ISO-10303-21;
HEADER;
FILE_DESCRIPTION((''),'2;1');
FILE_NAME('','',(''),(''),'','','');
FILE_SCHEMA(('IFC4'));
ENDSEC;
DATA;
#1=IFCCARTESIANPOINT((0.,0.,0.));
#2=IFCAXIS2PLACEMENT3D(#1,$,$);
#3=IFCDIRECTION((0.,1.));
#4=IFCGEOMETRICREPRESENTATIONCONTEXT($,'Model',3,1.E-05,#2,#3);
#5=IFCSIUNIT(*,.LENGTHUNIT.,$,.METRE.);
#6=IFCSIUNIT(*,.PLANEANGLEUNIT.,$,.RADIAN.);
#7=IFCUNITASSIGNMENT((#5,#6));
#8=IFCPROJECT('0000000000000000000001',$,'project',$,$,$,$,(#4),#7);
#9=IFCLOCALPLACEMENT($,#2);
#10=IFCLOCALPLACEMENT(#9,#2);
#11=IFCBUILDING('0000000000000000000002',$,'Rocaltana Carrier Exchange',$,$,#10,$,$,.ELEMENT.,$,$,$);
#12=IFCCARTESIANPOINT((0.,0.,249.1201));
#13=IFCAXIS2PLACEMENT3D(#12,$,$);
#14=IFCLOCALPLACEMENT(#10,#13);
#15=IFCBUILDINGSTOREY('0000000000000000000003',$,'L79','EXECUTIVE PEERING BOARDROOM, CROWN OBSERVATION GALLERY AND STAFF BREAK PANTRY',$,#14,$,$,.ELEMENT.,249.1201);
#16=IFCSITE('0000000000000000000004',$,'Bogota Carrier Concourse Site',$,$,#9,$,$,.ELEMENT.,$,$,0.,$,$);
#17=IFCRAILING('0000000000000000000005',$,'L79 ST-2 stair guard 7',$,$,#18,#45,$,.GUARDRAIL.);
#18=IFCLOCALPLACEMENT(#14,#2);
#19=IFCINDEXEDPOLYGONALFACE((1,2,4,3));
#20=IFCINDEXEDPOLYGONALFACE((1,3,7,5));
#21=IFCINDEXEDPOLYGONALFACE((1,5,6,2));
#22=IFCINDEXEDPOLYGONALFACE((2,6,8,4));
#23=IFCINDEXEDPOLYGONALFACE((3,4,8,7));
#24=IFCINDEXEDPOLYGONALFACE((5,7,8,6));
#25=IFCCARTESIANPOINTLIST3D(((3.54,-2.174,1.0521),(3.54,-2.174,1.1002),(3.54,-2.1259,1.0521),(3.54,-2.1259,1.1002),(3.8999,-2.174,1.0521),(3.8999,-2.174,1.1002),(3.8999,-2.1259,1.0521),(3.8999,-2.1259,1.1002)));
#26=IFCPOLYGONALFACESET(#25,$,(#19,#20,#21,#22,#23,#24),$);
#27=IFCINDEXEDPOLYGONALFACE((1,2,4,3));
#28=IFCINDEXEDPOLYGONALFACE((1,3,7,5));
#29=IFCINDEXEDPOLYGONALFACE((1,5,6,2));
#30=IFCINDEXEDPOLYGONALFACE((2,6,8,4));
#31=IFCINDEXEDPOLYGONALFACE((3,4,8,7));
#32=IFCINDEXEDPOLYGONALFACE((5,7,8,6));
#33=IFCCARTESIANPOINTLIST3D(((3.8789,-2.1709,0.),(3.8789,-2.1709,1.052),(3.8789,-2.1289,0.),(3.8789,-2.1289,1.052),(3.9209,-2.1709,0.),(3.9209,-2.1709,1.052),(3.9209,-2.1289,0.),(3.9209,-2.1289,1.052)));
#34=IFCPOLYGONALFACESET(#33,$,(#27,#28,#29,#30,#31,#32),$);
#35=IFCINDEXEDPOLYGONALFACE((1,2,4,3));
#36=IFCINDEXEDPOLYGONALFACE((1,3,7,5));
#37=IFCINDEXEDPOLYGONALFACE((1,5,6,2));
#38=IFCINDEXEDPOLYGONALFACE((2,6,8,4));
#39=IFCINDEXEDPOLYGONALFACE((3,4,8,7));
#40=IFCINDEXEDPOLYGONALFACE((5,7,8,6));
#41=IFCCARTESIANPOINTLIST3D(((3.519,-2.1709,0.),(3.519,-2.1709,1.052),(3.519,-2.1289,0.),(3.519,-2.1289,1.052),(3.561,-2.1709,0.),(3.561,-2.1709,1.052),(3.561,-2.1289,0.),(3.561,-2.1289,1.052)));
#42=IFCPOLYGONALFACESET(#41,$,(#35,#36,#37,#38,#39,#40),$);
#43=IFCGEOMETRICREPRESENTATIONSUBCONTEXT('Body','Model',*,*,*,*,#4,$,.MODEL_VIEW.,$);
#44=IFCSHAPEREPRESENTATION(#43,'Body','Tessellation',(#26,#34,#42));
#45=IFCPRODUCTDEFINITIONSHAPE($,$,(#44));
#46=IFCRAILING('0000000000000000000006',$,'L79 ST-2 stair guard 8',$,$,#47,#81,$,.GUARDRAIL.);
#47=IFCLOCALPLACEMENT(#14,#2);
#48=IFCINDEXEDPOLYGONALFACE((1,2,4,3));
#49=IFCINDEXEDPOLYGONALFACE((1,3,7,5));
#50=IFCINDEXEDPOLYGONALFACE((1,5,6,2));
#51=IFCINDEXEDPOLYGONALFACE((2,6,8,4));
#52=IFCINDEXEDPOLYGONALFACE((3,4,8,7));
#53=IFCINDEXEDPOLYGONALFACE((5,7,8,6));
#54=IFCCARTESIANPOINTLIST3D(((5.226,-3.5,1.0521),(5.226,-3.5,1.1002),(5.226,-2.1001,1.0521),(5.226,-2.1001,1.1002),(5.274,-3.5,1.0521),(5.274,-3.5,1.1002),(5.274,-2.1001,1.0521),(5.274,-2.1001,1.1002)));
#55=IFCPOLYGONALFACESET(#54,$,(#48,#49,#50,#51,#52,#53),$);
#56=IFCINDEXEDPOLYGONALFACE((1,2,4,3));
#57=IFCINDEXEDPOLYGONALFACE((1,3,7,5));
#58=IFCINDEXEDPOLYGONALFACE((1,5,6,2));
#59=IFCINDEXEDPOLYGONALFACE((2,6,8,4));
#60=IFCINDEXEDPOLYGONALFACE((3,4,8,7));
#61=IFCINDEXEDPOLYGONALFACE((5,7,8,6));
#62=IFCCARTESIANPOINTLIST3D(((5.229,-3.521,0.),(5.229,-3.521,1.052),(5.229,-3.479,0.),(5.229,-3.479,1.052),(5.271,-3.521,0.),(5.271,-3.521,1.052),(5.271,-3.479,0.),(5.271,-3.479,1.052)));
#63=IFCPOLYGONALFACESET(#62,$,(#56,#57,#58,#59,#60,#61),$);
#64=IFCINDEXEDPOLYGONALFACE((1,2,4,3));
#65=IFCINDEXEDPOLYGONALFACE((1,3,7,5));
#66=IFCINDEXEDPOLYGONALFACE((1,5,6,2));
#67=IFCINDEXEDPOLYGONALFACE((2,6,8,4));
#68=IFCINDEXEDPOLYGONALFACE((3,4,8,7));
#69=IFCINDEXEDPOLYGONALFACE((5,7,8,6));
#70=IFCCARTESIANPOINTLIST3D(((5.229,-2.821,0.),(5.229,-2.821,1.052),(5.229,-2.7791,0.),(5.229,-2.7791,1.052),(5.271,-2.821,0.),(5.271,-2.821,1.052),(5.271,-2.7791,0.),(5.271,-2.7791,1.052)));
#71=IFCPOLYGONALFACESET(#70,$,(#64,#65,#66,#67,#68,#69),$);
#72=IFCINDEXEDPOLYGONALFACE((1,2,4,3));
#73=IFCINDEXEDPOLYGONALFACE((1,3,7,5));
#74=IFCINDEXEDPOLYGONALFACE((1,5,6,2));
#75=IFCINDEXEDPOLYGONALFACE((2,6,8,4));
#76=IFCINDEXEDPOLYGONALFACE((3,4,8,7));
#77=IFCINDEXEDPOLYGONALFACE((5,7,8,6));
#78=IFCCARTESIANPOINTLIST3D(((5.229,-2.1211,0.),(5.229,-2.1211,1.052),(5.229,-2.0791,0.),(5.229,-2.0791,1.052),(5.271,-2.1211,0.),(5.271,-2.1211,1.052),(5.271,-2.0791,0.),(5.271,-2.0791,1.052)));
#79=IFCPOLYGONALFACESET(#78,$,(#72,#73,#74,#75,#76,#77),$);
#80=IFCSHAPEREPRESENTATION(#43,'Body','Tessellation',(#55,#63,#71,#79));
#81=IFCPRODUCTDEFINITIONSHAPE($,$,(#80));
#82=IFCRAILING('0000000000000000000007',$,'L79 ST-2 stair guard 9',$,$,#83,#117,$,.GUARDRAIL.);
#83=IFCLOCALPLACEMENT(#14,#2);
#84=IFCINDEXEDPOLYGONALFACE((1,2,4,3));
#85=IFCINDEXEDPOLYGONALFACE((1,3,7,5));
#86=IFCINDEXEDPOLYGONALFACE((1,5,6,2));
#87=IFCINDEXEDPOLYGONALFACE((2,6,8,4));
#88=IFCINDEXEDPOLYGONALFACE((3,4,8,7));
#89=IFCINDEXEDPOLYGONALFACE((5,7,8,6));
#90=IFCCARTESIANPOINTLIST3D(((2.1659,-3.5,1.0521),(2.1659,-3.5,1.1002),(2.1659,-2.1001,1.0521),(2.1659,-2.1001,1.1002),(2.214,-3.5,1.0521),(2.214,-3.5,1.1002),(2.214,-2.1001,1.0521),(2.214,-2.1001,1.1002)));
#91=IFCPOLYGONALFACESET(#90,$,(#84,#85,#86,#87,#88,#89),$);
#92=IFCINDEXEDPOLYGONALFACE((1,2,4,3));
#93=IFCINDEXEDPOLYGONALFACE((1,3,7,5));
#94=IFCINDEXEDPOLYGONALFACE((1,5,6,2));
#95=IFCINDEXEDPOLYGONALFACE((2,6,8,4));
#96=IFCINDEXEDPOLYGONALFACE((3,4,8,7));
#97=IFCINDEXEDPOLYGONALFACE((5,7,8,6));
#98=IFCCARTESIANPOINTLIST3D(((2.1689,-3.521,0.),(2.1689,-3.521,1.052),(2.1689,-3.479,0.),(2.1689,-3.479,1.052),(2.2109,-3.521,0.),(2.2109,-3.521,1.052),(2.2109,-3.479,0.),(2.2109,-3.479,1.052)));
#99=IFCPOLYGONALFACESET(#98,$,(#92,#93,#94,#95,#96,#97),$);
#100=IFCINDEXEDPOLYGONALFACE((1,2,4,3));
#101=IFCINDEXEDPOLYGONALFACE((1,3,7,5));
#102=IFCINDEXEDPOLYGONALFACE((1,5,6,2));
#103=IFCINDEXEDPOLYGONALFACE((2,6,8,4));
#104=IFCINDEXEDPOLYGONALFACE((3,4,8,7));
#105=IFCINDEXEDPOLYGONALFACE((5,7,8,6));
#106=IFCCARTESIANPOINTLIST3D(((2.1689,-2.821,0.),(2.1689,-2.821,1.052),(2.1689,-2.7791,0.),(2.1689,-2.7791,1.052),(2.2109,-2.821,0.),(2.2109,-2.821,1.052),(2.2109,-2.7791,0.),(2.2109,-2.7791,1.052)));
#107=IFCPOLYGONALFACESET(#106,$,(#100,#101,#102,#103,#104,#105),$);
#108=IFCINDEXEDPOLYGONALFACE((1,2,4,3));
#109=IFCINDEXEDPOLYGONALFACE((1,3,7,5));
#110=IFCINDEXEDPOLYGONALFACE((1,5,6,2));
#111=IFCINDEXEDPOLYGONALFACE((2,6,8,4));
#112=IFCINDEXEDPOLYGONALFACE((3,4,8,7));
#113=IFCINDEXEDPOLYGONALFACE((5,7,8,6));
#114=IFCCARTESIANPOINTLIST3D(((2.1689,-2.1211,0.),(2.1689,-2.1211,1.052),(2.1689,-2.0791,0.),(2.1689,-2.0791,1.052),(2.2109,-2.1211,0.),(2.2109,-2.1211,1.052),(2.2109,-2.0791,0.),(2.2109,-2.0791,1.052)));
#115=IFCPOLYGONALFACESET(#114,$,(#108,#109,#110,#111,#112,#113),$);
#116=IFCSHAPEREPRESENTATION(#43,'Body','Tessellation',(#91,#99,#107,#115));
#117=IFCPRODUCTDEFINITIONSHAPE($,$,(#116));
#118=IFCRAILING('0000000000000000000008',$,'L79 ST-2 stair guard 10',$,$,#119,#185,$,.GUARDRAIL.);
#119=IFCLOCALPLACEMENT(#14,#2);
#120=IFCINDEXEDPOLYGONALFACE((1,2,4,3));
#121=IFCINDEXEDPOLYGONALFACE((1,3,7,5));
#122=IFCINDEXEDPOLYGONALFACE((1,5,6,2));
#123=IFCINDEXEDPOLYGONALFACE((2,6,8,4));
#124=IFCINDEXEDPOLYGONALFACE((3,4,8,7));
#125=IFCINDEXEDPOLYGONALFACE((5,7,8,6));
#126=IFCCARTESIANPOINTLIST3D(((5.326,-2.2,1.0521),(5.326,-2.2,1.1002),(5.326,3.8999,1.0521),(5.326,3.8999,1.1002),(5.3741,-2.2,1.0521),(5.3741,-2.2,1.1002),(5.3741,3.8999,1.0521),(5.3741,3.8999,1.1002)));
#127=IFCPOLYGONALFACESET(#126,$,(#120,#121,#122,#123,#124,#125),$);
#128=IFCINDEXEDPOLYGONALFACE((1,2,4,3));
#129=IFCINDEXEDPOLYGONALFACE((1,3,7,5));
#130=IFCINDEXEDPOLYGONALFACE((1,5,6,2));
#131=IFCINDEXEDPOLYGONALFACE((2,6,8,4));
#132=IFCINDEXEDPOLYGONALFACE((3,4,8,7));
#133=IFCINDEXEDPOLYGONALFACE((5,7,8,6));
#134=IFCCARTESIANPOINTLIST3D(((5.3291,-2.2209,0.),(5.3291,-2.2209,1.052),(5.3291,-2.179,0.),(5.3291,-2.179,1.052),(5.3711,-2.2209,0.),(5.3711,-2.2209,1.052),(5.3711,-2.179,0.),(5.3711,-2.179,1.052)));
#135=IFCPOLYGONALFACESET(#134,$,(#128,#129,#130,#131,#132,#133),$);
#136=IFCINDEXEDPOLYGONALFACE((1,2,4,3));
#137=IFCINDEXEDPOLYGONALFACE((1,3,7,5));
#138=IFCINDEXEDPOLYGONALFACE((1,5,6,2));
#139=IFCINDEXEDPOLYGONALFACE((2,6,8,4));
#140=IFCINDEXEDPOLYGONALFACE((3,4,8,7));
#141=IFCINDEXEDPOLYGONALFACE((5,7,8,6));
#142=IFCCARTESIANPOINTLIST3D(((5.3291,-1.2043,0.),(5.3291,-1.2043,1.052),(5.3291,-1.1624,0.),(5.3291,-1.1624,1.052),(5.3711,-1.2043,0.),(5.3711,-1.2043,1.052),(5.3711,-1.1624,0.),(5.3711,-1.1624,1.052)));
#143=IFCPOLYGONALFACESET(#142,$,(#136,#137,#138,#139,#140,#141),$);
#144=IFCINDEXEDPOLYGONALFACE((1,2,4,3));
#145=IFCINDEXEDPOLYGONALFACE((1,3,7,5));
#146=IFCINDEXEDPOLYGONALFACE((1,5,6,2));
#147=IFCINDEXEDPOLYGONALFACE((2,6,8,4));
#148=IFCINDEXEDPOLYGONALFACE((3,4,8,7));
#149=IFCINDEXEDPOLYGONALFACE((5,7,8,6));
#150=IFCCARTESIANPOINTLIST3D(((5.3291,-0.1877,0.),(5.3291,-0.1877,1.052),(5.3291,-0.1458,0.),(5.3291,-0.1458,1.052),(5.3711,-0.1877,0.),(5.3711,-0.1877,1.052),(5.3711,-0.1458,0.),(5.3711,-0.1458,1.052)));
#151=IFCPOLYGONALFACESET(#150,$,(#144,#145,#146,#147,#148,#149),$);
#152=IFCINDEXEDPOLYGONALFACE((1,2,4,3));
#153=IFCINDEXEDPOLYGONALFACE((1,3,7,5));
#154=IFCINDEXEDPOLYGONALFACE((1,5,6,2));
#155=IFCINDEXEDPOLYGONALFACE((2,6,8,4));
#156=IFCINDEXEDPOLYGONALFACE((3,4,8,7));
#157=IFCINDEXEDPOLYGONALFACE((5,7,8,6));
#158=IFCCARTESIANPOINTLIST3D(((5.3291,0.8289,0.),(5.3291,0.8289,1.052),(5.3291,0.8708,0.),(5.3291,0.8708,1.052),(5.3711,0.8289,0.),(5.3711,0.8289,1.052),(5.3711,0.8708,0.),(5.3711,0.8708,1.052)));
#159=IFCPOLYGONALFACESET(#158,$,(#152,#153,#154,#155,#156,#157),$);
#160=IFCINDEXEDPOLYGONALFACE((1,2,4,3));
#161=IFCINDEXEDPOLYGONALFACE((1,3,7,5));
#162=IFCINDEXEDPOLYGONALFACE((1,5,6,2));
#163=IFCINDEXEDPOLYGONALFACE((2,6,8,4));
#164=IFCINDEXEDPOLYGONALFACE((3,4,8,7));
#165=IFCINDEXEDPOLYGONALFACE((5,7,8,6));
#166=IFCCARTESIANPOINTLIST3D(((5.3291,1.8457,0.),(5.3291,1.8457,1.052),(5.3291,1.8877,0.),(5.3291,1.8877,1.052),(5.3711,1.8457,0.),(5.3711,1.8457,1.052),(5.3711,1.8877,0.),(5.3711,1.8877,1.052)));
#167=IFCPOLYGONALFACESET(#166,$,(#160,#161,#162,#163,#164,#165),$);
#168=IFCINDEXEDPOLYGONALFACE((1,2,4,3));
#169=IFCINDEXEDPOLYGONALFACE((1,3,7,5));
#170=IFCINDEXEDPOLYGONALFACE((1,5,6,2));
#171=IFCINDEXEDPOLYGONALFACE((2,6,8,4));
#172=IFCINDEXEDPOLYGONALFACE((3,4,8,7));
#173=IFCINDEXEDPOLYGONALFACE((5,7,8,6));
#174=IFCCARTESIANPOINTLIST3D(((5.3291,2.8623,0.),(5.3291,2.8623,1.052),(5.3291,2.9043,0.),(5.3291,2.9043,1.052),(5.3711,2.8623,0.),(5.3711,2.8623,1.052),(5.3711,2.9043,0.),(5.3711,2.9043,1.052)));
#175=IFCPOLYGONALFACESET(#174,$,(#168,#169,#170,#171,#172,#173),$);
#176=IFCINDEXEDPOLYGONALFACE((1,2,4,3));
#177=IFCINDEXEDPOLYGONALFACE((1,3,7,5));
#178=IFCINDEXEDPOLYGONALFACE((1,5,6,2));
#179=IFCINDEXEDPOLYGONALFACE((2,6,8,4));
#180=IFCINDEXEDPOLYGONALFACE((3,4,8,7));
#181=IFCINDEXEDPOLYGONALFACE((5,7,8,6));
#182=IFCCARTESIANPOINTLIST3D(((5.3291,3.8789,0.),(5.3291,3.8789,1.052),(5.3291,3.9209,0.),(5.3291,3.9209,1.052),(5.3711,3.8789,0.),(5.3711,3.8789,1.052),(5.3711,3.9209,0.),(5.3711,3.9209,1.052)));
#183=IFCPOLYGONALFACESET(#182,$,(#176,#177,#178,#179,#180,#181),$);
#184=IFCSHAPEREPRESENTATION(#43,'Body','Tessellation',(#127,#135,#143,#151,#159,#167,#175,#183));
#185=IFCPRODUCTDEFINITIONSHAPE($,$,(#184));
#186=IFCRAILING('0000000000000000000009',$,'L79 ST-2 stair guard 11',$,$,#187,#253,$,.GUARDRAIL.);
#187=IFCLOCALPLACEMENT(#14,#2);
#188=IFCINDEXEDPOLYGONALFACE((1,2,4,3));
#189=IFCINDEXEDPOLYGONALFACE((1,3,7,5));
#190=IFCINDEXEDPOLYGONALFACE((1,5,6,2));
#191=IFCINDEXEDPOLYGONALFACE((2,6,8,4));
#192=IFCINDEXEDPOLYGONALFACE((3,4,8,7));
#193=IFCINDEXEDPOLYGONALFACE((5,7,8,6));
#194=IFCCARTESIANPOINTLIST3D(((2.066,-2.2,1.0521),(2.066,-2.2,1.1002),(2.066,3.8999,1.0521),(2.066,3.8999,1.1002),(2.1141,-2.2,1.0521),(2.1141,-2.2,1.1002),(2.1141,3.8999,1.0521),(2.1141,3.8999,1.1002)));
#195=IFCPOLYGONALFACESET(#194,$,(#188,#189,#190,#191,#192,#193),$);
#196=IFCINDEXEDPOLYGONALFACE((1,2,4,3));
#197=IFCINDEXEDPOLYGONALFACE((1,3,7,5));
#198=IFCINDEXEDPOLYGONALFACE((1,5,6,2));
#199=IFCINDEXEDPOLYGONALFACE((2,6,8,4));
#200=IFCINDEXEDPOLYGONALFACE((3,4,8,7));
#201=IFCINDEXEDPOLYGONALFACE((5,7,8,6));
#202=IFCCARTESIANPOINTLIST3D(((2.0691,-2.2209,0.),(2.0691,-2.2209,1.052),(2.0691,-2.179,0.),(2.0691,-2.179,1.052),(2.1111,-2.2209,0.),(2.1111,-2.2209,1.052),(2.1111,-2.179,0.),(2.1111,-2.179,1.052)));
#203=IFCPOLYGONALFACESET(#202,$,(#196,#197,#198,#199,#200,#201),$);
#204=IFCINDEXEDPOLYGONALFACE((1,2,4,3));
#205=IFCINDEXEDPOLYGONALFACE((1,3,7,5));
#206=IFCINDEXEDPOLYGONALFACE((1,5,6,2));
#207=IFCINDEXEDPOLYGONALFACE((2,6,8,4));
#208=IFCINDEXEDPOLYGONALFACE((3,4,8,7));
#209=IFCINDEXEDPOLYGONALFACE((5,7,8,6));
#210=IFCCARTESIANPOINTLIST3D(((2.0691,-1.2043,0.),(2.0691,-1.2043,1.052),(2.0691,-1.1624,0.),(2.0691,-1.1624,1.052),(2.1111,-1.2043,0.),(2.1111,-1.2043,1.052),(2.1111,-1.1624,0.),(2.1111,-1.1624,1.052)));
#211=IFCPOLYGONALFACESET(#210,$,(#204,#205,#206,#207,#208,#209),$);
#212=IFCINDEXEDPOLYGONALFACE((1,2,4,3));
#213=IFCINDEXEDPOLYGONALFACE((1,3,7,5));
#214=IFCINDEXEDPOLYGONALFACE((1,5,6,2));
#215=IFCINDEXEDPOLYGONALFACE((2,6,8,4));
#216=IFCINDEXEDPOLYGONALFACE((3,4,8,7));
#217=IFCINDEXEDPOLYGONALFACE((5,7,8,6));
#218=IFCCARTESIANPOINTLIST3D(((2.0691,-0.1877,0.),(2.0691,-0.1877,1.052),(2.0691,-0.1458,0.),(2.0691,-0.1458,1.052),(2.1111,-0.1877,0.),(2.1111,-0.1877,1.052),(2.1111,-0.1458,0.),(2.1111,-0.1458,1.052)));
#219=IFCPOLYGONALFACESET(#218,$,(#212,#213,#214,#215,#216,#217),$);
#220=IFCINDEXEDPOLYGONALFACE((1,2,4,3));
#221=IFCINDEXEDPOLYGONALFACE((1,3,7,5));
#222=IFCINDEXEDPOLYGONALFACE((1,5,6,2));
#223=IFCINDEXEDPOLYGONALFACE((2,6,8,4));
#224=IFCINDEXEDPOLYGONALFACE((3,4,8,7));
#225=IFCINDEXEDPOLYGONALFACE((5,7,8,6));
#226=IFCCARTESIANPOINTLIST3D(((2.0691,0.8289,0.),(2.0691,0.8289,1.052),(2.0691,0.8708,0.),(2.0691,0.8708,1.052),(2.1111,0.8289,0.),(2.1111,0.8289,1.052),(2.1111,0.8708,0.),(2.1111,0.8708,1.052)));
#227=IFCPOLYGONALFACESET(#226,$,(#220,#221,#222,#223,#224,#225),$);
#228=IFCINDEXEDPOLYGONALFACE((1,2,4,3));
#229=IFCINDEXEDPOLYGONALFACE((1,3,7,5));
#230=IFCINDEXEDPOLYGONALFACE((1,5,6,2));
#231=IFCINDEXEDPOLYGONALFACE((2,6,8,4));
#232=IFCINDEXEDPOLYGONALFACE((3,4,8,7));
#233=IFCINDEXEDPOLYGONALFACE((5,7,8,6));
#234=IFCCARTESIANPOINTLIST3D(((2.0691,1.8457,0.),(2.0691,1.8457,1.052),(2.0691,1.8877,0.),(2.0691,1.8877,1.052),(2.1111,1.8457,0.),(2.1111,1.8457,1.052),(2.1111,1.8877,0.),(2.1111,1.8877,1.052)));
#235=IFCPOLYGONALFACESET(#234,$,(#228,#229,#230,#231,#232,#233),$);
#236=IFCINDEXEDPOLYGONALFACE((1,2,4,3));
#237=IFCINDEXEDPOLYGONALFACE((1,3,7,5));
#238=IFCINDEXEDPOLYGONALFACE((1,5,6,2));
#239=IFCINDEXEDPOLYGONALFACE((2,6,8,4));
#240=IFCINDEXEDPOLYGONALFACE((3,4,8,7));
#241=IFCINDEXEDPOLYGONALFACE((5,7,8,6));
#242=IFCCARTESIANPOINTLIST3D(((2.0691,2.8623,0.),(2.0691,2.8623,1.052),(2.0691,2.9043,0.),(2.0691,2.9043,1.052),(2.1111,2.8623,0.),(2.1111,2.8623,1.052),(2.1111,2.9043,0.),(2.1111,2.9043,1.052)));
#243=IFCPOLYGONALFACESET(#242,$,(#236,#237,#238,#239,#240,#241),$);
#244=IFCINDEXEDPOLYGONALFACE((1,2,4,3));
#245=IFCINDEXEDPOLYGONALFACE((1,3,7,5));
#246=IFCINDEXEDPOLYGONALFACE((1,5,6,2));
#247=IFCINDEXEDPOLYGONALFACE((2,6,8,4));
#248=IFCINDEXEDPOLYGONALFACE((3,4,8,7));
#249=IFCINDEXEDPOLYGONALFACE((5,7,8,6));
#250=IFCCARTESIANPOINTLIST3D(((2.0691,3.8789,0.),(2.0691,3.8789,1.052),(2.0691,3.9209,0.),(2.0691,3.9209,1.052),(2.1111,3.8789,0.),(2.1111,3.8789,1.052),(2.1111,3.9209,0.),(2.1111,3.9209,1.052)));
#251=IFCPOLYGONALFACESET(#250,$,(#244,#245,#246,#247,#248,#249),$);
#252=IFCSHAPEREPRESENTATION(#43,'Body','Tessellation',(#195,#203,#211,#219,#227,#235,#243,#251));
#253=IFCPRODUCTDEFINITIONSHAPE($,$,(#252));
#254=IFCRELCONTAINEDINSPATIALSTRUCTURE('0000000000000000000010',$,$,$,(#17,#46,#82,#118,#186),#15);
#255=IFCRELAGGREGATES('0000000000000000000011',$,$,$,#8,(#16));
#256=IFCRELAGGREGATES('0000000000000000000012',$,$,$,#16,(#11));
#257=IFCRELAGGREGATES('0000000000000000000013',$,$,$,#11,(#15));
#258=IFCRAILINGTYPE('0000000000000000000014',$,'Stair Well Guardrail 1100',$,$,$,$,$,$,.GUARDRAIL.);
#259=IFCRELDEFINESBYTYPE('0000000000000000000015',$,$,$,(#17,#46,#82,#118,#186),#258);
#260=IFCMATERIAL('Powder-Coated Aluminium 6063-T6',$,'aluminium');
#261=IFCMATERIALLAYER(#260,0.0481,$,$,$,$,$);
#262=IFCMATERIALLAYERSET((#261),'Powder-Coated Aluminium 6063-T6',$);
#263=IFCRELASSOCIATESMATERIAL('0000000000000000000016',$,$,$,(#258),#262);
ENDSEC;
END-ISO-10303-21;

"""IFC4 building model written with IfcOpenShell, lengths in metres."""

from ifc_helpers import new_model, si_unit, direction, frame, origin, origin_2d, place, context, subcontext, project, spatial, rectangle, extrude, material, layer, layer_set, type_object, element, save


model = new_model("IFC4")

# Units and contexts
model_context = context("Model", 3, precision=1e-05, world=origin(), true_north=direction((0.0, 1.0)))
body_context = subcontext(model_context, "Body", "Model", "MODEL_VIEW")
ifc_project = project(units=[si_unit("LENGTHUNIT", "METRE"), si_unit("PLANEANGLEUNIT", "RADIAN")], contexts=[model_context])

# Site, building, storey
site_placement = place(None, origin())
site = spatial("IfcSite", under=ifc_project, at=site_placement, Name="Bogota Carrier Concourse Site", CompositionType="ELEMENT", RefElevation=0.0)
building_placement = place(site_placement, origin())
building = spatial("IfcBuilding", under=site, at=building_placement, Name="Rocaltana Carrier Exchange", CompositionType="ELEMENT")
storey_placement = place(building_placement, frame((0.0, 0.0, 249.1201)))
storey = spatial("IfcBuildingStorey", under=building, at=storey_placement, Name="L79", Description="EXECUTIVE PEERING BOARDROOM, CROWN OBSERVATION GALLERY AND STAFF BREAK PANTRY", CompositionType="ELEMENT", Elevation=249.1201)

# Railings
ifc_material_1 = material(Name="Powder-Coated Aluminium 6063-T6", Category="aluminium")
ifc_layer_1 = layer(ifc_material_1, 0.0481)
ifc_layer_set_1 = layer_set([ifc_layer_1], Name="Powder-Coated Aluminium 6063-T6")
railing_type_1 = type_object("IfcRailingType", Name="Stair Well Guardrail 1100", PredefinedType="GUARDRAIL", material=ifc_layer_set_1)
railing_1_placement = place(storey_placement, frame((3.8999, -2.1499, 0.0)))
element("IfcRailing", 1, at=railing_1_placement, inside=storey, type_object=railing_type_1, Name="L79 ST-2 stair guard 7", PredefinedType="GUARDRAIL", context=body_context, shape_type="SweptSolid", body=[
    extrude(rectangle(XDim=0.0481, YDim=0.0481, at=origin_2d()), frame((0.0, 0.0, 1.0762), z_axis=(-1.0, 0.0, 0.0), x_axis=(0.0, -1.0, 0.0)), (0.0, 0.0, 1.0), 0.3599),
    extrude(rectangle(XDim=0.042, YDim=0.042, at=origin_2d()), origin(), (0.0, 0.0, 1.0), 1.052),
    extrude(rectangle(XDim=0.042, YDim=0.042, at=origin_2d()), frame((-0.3599, 0.0, 0.0)), (0.0, 0.0, 1.0), 1.052),
])
for number, where, name in (
    (2, (5.25, -3.5, 0.0), "L79 ST-2 stair guard 8"),
    (3, (2.1899, -3.5, 0.0), "L79 ST-2 stair guard 9"),
):
    element("IfcRailing", number, at=place(storey_placement, frame(where)), inside=storey, type_object=railing_type_1, Name=name, PredefinedType="GUARDRAIL", context=body_context, shape_type="SweptSolid", body=[
        extrude(rectangle(XDim=0.0481, YDim=0.0481, at=origin_2d()), frame((0.0, 0.0, 1.0762), z_axis=(0.0, 1.0, 0.0), x_axis=(-1.0, 0.0, 0.0)), (0.0, 0.0, 1.0), 1.3999),
        extrude(rectangle(XDim=0.042, YDim=0.042, at=origin_2d()), origin(), (0.0, 0.0, 1.0), 1.052),
        extrude(rectangle(XDim=0.042, YDim=0.042, at=origin_2d()), frame((0.0, 0.7, 0.0)), (0.0, 0.0, 1.0), 1.052),
        extrude(rectangle(XDim=0.042, YDim=0.042, at=origin_2d()), frame((0.0, 1.3999, 0.0)), (0.0, 0.0, 1.0), 1.052),
    ])
for number, where, name in (
    (4, (5.3501, -2.2, 0.0), "L79 ST-2 stair guard 10"),
    (5, (2.0901, -2.2, 0.0), "L79 ST-2 stair guard 11"),
):
    element("IfcRailing", number, at=place(storey_placement, frame(where)), inside=storey, type_object=railing_type_1, Name=name, PredefinedType="GUARDRAIL", context=body_context, shape_type="SweptSolid", body=[
        extrude(rectangle(XDim=0.0481, YDim=0.0481, at=origin_2d()), frame((0.0, 0.0, 1.0762), z_axis=(0.0, 1.0, 0.0), x_axis=(-1.0, 0.0, 0.0)), (0.0, 0.0, 1.0), 6.0999),
        extrude(rectangle(XDim=0.042, YDim=0.042, at=origin_2d()), origin(), (0.0, 0.0, 1.0), 1.052),
        extrude(rectangle(XDim=0.042, YDim=0.042, at=origin_2d()), frame((0.0, 1.0166, 0.0)), (0.0, 0.0, 1.0), 1.052),
        extrude(rectangle(XDim=0.042, YDim=0.042, at=origin_2d()), frame((0.0, 2.0332, 0.0)), (0.0, 0.0, 1.0), 1.052),
        extrude(rectangle(XDim=0.042, YDim=0.042, at=origin_2d()), frame((0.0, 3.0498, 0.0)), (0.0, 0.0, 1.0), 1.052),
        extrude(rectangle(XDim=0.042, YDim=0.042, at=origin_2d()), frame((0.0, 4.0667, 0.0)), (0.0, 0.0, 1.0), 1.052),
        extrude(rectangle(XDim=0.042, YDim=0.042, at=origin_2d()), frame((0.0, 5.0833, 0.0)), (0.0, 0.0, 1.0), 1.052),
        extrude(rectangle(XDim=0.042, YDim=0.042, at=origin_2d()), frame((0.0, 6.0999, 0.0)), (0.0, 0.0, 1.0), 1.052),
    ])

save(model, "model.ifc")
